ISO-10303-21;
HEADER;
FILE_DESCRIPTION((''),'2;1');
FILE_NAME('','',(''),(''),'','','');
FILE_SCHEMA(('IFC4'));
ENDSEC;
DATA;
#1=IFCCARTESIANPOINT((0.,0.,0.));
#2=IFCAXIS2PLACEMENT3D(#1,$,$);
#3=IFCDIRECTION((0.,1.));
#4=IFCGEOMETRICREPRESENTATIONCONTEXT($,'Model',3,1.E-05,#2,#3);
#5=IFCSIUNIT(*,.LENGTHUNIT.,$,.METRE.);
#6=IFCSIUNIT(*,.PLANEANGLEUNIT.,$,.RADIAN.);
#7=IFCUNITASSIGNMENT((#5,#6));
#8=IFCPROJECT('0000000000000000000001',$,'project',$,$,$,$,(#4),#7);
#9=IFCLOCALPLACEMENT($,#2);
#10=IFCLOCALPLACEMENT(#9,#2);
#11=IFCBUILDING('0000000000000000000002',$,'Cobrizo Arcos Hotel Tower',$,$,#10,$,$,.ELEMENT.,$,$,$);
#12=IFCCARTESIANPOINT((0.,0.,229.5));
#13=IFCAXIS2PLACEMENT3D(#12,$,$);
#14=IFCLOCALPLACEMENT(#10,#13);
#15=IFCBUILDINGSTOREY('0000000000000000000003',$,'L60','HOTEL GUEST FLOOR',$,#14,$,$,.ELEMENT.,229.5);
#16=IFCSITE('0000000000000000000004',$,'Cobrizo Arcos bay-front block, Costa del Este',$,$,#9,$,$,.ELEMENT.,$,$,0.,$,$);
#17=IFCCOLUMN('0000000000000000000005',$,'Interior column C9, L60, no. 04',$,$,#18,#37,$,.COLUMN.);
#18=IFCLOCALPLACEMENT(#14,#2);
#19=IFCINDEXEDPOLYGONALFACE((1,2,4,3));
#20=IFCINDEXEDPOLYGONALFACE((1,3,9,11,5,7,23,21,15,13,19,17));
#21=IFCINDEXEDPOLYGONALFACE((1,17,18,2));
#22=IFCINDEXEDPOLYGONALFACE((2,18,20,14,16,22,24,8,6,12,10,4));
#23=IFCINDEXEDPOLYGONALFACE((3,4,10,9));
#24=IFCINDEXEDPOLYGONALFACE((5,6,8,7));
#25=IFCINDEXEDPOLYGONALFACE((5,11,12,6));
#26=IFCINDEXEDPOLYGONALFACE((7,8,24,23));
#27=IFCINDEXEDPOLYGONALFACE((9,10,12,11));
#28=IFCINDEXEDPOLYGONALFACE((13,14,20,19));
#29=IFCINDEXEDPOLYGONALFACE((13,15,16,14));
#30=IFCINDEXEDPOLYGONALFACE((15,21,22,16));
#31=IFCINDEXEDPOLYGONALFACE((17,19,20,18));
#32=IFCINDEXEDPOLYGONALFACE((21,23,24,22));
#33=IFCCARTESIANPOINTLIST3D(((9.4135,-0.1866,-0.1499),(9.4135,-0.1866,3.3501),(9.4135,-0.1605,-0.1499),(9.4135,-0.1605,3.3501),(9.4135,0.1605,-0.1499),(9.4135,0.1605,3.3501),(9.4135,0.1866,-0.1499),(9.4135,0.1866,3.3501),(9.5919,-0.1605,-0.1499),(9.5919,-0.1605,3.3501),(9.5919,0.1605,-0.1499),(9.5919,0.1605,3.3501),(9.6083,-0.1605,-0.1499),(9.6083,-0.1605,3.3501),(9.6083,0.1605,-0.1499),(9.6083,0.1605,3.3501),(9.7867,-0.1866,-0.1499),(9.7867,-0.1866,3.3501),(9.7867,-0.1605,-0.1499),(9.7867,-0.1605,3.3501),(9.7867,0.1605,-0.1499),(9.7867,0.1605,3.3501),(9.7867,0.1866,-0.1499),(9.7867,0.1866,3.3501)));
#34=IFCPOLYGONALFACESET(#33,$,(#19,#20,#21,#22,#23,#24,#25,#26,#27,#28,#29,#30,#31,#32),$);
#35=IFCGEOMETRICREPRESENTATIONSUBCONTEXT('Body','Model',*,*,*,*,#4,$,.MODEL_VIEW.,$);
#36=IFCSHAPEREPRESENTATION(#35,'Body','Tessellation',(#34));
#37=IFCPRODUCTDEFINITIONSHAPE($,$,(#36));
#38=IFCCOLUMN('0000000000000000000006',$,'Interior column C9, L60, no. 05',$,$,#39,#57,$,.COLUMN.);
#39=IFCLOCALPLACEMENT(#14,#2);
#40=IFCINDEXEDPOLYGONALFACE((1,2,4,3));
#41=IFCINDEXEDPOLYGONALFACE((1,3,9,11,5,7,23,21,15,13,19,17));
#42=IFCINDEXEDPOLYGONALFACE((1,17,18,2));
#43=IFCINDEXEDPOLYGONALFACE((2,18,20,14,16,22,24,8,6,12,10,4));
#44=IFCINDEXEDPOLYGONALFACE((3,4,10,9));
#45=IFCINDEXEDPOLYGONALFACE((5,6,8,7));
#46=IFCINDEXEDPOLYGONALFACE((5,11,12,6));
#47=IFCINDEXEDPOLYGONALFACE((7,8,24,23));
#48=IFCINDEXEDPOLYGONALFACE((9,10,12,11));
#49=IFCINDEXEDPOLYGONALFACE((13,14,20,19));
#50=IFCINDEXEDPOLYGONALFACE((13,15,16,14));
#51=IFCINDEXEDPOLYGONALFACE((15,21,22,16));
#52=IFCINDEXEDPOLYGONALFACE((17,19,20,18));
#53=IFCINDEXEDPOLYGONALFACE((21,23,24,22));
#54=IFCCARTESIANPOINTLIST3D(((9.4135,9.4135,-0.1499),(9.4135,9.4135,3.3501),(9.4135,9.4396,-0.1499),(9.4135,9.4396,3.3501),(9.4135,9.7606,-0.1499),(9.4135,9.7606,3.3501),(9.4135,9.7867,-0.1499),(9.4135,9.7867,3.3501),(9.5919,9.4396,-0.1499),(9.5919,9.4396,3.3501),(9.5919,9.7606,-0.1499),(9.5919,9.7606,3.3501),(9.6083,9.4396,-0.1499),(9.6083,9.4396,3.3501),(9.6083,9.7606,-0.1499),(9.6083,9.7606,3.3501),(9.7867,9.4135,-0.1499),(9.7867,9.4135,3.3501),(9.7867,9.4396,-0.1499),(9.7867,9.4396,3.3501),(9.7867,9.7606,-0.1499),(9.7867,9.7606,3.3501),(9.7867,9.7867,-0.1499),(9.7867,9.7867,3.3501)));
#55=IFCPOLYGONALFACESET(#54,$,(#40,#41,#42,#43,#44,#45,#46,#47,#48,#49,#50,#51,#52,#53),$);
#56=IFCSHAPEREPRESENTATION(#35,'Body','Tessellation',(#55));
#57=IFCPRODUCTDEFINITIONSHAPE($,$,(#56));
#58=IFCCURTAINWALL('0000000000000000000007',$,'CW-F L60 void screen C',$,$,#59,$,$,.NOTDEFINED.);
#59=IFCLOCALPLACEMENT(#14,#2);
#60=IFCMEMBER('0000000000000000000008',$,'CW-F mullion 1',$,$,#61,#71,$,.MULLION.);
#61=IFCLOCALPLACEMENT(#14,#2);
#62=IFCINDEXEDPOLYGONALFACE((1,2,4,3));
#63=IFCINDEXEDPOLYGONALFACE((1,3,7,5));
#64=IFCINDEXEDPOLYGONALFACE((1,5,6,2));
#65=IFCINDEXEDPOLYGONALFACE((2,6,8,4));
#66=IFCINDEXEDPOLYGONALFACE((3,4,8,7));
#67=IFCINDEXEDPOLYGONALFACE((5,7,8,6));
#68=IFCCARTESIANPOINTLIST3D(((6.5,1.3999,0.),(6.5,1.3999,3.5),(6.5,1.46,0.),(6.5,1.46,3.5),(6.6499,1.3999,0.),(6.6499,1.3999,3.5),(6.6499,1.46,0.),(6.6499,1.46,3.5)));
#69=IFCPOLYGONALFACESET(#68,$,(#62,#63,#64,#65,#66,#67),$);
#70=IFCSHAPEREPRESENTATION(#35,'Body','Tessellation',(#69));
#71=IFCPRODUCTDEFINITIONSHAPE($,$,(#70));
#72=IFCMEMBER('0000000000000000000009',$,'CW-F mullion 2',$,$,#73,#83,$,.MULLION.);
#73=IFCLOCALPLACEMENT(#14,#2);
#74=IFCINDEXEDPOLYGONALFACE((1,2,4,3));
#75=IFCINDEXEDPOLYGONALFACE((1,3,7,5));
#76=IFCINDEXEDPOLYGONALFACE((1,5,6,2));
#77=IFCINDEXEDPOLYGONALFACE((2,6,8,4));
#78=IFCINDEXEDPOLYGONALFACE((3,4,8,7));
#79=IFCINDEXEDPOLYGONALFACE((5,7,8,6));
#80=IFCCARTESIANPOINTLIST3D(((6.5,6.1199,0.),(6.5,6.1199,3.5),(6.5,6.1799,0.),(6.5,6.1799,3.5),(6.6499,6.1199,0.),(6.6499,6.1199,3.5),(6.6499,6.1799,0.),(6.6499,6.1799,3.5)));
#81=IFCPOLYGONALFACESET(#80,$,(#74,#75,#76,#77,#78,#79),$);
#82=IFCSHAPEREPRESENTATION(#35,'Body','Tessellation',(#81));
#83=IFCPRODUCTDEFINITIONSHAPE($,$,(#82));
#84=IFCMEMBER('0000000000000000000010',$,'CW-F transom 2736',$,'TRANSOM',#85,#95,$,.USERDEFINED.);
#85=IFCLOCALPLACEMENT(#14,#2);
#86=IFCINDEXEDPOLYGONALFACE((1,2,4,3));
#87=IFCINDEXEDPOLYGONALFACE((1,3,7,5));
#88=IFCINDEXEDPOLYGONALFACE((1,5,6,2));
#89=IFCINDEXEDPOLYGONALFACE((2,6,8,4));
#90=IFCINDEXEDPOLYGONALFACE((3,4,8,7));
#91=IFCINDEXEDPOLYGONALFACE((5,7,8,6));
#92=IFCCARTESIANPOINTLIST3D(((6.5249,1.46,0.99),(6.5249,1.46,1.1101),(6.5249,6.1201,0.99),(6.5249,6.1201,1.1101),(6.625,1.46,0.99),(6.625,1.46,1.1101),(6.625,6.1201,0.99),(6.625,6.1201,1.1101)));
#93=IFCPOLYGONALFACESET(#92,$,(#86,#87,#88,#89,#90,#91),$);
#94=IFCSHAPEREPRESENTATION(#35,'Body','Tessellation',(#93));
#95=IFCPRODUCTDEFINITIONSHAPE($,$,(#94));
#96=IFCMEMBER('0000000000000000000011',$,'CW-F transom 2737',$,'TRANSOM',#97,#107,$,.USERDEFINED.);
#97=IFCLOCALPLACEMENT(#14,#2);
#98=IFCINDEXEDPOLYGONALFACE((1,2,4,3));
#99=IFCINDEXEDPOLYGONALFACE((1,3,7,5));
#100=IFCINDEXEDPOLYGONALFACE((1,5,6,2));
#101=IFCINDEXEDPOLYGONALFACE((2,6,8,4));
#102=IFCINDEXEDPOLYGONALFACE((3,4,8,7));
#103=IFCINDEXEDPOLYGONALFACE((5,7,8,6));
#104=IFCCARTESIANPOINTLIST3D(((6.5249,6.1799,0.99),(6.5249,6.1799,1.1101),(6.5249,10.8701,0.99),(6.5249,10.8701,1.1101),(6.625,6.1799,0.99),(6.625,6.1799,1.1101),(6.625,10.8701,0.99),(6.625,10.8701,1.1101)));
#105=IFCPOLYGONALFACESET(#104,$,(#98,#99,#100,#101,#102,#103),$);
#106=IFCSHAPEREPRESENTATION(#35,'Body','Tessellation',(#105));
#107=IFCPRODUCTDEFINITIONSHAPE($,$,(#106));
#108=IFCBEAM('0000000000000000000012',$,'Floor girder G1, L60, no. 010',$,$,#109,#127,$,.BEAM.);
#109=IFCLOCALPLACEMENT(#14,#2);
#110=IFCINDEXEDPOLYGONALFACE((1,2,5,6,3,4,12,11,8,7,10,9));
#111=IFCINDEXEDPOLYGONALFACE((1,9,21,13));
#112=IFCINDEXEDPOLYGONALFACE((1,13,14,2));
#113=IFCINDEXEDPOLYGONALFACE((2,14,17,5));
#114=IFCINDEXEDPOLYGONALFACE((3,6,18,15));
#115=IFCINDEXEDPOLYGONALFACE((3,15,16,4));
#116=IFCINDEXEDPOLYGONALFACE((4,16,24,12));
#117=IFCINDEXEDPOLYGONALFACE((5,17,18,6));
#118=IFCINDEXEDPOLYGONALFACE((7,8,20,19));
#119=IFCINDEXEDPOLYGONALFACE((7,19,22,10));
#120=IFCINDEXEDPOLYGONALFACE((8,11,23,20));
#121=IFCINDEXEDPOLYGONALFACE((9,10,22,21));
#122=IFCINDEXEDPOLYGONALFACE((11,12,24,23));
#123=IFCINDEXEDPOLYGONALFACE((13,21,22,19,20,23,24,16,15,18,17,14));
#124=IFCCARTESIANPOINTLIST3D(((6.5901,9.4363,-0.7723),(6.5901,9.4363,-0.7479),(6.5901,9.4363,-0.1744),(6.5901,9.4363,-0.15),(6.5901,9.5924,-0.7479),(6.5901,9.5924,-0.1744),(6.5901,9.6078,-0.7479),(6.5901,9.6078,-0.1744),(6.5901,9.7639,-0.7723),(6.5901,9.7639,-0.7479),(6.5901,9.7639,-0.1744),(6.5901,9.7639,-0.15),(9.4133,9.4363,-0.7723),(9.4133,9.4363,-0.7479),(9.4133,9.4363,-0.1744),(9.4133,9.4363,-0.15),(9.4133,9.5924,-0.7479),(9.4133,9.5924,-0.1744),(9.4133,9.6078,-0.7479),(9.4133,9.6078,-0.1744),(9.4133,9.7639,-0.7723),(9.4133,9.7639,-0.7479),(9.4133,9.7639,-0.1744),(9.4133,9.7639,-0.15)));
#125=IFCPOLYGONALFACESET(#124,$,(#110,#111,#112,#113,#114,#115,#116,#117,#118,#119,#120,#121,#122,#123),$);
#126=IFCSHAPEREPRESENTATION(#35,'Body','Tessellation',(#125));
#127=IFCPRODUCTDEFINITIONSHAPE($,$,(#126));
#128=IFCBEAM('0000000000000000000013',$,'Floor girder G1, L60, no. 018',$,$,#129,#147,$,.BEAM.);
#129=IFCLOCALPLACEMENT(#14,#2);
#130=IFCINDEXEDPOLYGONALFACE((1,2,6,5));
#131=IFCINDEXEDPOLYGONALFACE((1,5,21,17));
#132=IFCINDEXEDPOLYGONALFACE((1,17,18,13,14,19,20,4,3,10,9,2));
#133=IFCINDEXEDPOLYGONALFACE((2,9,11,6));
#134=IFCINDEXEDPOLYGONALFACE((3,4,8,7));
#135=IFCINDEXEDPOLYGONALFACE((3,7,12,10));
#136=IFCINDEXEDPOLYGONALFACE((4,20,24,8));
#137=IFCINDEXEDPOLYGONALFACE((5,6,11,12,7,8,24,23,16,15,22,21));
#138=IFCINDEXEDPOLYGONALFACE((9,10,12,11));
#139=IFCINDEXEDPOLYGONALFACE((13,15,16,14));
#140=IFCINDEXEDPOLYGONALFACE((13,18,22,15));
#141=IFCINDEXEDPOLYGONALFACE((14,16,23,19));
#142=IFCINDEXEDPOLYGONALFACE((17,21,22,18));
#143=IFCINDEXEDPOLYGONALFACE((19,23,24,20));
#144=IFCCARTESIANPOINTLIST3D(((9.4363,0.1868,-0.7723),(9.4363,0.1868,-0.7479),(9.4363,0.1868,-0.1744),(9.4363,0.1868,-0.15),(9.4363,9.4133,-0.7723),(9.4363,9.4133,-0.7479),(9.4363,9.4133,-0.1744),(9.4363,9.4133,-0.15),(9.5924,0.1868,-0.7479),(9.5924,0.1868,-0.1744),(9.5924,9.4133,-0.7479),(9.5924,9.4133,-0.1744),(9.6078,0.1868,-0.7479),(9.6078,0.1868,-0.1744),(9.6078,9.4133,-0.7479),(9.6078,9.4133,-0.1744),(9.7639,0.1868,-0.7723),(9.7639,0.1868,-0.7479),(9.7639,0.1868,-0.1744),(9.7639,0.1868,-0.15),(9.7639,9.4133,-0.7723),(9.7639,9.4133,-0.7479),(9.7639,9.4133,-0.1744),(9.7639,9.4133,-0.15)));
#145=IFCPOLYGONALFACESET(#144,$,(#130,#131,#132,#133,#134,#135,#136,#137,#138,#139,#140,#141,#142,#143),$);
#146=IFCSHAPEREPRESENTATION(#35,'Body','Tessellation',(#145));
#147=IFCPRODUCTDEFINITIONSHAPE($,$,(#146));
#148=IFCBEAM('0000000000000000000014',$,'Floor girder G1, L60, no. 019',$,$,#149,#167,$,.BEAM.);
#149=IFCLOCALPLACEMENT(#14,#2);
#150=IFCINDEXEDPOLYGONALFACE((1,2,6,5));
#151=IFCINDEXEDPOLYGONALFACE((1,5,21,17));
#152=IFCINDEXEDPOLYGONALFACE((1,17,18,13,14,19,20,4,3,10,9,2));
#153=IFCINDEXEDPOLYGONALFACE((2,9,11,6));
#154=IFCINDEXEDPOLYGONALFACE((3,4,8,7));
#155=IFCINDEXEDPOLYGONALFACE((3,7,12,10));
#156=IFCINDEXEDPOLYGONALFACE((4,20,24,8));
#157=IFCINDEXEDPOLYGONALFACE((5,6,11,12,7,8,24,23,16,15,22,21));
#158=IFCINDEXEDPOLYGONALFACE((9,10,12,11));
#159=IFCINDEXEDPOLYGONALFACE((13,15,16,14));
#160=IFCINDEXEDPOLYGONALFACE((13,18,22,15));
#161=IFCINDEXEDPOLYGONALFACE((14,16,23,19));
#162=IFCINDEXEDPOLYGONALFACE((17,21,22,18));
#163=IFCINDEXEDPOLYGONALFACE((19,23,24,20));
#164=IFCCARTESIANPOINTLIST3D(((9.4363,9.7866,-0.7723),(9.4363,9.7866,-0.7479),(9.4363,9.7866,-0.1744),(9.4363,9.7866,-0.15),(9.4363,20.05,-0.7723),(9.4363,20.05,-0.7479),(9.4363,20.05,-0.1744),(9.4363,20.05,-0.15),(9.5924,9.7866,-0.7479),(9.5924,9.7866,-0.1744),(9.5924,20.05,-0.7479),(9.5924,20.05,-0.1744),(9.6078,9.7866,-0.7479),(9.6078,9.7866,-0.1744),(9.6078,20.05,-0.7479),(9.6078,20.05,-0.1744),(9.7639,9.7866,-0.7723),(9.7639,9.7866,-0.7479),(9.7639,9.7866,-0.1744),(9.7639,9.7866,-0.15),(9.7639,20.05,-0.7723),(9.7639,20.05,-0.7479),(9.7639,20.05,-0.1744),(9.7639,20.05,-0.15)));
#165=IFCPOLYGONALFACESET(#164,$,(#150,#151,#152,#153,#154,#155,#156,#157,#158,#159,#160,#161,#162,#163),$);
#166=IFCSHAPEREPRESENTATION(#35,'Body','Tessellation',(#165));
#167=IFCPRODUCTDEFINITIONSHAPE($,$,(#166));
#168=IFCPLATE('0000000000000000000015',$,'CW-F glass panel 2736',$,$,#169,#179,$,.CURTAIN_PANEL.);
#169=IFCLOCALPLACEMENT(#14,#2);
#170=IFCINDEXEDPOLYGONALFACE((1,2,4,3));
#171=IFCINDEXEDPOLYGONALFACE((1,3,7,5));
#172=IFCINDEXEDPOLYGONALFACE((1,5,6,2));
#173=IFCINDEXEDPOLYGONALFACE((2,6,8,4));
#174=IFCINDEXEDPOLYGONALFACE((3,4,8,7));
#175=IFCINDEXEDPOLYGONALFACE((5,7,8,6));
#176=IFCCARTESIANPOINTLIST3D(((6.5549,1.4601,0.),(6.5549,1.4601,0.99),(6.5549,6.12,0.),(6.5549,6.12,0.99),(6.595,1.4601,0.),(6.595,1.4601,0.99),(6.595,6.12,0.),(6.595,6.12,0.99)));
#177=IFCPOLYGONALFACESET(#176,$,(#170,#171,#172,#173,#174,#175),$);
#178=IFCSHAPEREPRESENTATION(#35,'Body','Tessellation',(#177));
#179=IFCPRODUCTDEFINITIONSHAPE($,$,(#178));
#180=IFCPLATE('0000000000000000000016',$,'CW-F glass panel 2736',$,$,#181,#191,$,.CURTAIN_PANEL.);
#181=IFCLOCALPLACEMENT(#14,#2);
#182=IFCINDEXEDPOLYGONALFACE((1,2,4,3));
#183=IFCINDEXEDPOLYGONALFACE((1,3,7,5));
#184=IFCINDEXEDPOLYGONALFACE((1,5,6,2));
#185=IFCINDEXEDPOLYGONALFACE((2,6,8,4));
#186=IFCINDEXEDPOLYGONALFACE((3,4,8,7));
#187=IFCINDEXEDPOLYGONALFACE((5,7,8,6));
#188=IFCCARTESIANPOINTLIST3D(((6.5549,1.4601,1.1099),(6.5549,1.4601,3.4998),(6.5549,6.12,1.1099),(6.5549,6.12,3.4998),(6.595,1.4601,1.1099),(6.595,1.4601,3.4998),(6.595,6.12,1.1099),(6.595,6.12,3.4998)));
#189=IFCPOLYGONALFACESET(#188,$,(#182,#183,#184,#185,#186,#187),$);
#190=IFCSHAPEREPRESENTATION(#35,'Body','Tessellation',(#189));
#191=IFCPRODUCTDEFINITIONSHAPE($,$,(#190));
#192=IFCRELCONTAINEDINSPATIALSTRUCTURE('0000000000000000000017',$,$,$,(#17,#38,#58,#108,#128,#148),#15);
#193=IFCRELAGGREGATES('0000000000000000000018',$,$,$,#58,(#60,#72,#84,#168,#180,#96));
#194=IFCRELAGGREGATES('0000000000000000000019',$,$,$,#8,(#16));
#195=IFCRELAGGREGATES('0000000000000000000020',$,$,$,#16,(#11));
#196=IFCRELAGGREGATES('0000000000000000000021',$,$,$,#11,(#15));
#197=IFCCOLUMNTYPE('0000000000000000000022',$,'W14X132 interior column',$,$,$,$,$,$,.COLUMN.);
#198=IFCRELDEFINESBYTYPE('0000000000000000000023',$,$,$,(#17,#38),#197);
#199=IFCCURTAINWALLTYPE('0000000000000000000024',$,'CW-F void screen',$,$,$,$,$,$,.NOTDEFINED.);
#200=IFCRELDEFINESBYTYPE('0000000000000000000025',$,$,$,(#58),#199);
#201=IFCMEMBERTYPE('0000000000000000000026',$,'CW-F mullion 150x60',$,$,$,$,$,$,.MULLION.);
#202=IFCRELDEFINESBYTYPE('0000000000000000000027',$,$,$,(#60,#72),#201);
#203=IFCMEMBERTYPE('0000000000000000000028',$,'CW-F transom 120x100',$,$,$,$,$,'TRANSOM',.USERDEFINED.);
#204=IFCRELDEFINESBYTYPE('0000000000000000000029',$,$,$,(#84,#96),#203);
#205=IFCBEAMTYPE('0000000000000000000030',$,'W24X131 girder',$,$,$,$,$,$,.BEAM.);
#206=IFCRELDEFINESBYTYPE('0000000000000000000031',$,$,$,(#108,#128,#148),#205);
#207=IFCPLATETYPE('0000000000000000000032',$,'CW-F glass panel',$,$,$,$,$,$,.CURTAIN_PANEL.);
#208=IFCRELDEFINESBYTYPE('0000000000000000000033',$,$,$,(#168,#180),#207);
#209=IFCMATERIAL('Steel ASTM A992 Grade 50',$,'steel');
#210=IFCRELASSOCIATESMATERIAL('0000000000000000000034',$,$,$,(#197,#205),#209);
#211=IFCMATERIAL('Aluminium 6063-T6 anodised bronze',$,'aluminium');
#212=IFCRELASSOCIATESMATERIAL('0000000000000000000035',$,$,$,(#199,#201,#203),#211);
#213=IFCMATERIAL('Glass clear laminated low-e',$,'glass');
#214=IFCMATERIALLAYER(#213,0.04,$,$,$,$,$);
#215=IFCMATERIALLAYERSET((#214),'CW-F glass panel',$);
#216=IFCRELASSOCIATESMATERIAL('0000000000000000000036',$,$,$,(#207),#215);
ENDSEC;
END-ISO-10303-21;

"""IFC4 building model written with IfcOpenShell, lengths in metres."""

from ifc_helpers import new_model, si_unit, direction, frame, origin, origin_2d, place, context, subcontext, project, spatial, rectangle, i_section, extrude, material, layer, layer_set, material_profile, profile_set, type_object, element, aggregate, save


model = new_model("IFC4")

# Units and contexts
model_context = context("Model", 3, precision=1e-05, world=origin(), true_north=direction((0.0, 1.0)))
body_context = subcontext(model_context, "Body", "Model", "MODEL_VIEW")
ifc_project = project(units=[si_unit("LENGTHUNIT", "METRE"), si_unit("PLANEANGLEUNIT", "RADIAN")], contexts=[model_context])

# Site, building, storey
site_placement = place(None, origin())
site = spatial("IfcSite", under=ifc_project, at=site_placement, Name="Cobrizo Arcos bay-front block, Costa del Este", CompositionType="ELEMENT", RefElevation=0.0)
building_placement = place(site_placement, origin())
building = spatial("IfcBuilding", under=site, at=building_placement, Name="Cobrizo Arcos Hotel Tower", CompositionType="ELEMENT")
storey_placement = place(building_placement, frame((0.0, 0.0, 229.5)))
storey = spatial("IfcBuildingStorey", under=building, at=storey_placement, Name="L60", Description="HOTEL GUEST FLOOR", CompositionType="ELEMENT", Elevation=229.5)

# Columns
ifc_material_1 = material(Name="Steel ASTM A992 Grade 50", Category="steel")
ifc_material_profile_1 = material_profile(ifc_material_1, i_section(OverallWidth=0.3733, OverallDepth=0.3733, WebThickness=0.0164, FlangeThickness=0.0261, at=origin_2d()), Name="W14X132")
ifc_profile_set_1 = profile_set([ifc_material_profile_1], Name="Steel ASTM A992 Grade 50")
column_type = type_object("IfcColumnType", Name="W14X132 interior column", PredefinedType="COLUMN", material=ifc_profile_set_1)
for number, where, z_axis, x_axis, name in (
    (1, (9.6001, 0.0, -0.1499), (0.0, 0.0, 1.0), (1.0, 0.0, 0.0), "Interior column C9, L60, no. 04"),
    (2, (9.6001, 9.6001, -0.1499), (0.0, 0.0, 1.0), (1.0, 0.0, 0.0), "Interior column C9, L60, no. 05"),
):
    element("IfcColumn", number, at=place(storey_placement, frame(where, z_axis=z_axis, x_axis=x_axis)), inside=storey, type_object=column_type, Name=name, PredefinedType="COLUMN", context=body_context, shape_type="SweptSolid", body=[
        extrude(i_section(OverallWidth=0.3733, OverallDepth=0.3733, WebThickness=0.0164, FlangeThickness=0.0261, at=origin_2d()), origin(), (0.0, 0.0, 1.0), 3.5),
    ])

# Curtain wall, members
ifc_material_2 = material(Name="Aluminium 6063-T6 anodised bronze", Category="aluminium")
curtain_wall_type = type_object("IfcCurtainWallType", Name="CW-F void screen", PredefinedType="NOTDEFINED", material=ifc_material_2)
curtain_wall_placement = place(storey_placement, origin())
curtain_wall = element("IfcCurtainWall", 3, at=curtain_wall_placement, inside=storey, type_object=curtain_wall_type, Name="CW-F L60 void screen C", PredefinedType="NOTDEFINED")
ifc_material_profile_2 = material_profile(ifc_material_2, rectangle(XDim=0.1499, YDim=0.0601, at=origin_2d()), Name="CW-F mullion 150x60")
ifc_profile_set_2 = profile_set([ifc_material_profile_2], Name="Aluminium 6063-T6 anodised bronze")
member_type_1 = type_object("IfcMemberType", Name="CW-F mullion 150x60", PredefinedType="MULLION", material=ifc_profile_set_2)
member_1_placement = place(storey_placement, frame((6.575, 1.4299, 0.0), z_axis=(0.0, 0.0, 1.0), x_axis=(1.0, 0.0, 0.0)))
member_1 = element("IfcMember", 4, at=member_1_placement, type_object=member_type_1, Name="CW-F mullion 1", PredefinedType="MULLION", context=body_context, shape_type="SweptSolid", body=[
    extrude(rectangle(XDim=0.1499, YDim=0.0601, at=origin_2d()), origin(), (0.0, 0.0, 1.0), 3.5),
])
member_2_placement = place(storey_placement, frame((6.575, 6.1499, 0.0), z_axis=(0.0, 0.0, 1.0), x_axis=(1.0, 0.0, 0.0)))
member_2 = element("IfcMember", 5, at=member_2_placement, type_object=member_type_1, Name="CW-F mullion 2", PredefinedType="MULLION", context=body_context, shape_type="SweptSolid", body=[
    extrude(rectangle(XDim=0.1499, YDim=0.0601, at=origin_2d()), origin(), (0.0, 0.0, 1.0), 3.5),
])
ifc_material_profile_3 = material_profile(ifc_material_2, rectangle(XDim=0.1001, YDim=0.1201, at=origin_2d()), Name="CW-F transom 120x100")
ifc_profile_set_3 = profile_set([ifc_material_profile_3], Name="Aluminium 6063-T6 anodised bronze")
member_type_2 = type_object("IfcMemberType", Name="CW-F transom 120x100", ElementType="TRANSOM", PredefinedType="USERDEFINED", material=ifc_profile_set_3)
member_3_placement = place(storey_placement, frame((6.575, 1.46, 1.05), z_axis=(0.0, 1.0, 0.0), x_axis=(-1.0, 0.0, 0.0)))
member_3 = element("IfcMember", 6, at=member_3_placement, type_object=member_type_2, Name="CW-F transom 2736", ObjectType="TRANSOM", PredefinedType="USERDEFINED", context=body_context, shape_type="SweptSolid", body=[
    extrude(rectangle(XDim=0.1001, YDim=0.1201, at=origin_2d()), origin(), (0.0, 0.0, 1.0), 4.6602),
])
member_4_placement = place(storey_placement, frame((6.575, 6.1799, 1.05), z_axis=(0.0, 1.0, 0.0), x_axis=(-1.0, 0.0, 0.0)))
member_4 = element("IfcMember", 7, at=member_4_placement, type_object=member_type_2, Name="CW-F transom 2737", ObjectType="TRANSOM", PredefinedType="USERDEFINED", context=body_context, shape_type="SweptSolid", body=[
    extrude(rectangle(XDim=0.1001, YDim=0.1201, at=origin_2d()), origin(), (0.0, 0.0, 1.0), 4.6902),
])

# Beams
ifc_material_profile_4 = material_profile(ifc_material_1, i_section(OverallWidth=0.3276, OverallDepth=0.6223, WebThickness=0.0154, FlangeThickness=0.0244, at=origin_2d()), Name="W24X131")
ifc_profile_set_4 = profile_set([ifc_material_profile_4], Name="Steel ASTM A992 Grade 50")
beam_type = type_object("IfcBeamType", Name="W24X131 girder", PredefinedType="BEAM", material=ifc_profile_set_4)
beam_1_placement = place(storey_placement, frame((6.5901, 9.6001, -0.4612), z_axis=(1.0, 0.0, 0.0), x_axis=(0.0, 1.0, 0.0)))
element("IfcBeam", 8, at=beam_1_placement, inside=storey, type_object=beam_type, Name="Floor girder G1, L60, no. 010", PredefinedType="BEAM", context=body_context, shape_type="SweptSolid", body=[
    extrude(i_section(OverallWidth=0.3276, OverallDepth=0.6223, WebThickness=0.0154, FlangeThickness=0.0244, at=origin_2d()), origin(), (0.0, 0.0, 1.0), 2.8232),
])
beam_2_placement = place(storey_placement, frame((9.6001, 0.1868, -0.4612), z_axis=(0.0, 1.0, 0.0), x_axis=(-1.0, 0.0, 0.0)))
element("IfcBeam", 9, at=beam_2_placement, inside=storey, type_object=beam_type, Name="Floor girder G1, L60, no. 018", PredefinedType="BEAM", context=body_context, shape_type="SweptSolid", body=[
    extrude(i_section(OverallWidth=0.3276, OverallDepth=0.6223, WebThickness=0.0154, FlangeThickness=0.0244, at=origin_2d()), origin(), (0.0, 0.0, 1.0), 9.2266),
])
beam_3_placement = place(storey_placement, frame((9.6001, 9.7866, -0.4612), z_axis=(0.0, 1.0, 0.0), x_axis=(-1.0, 0.0, 0.0)))
element("IfcBeam", 10, at=beam_3_placement, inside=storey, type_object=beam_type, Name="Floor girder G1, L60, no. 019", PredefinedType="BEAM", context=body_context, shape_type="SweptSolid", body=[
    extrude(i_section(OverallWidth=0.3276, OverallDepth=0.6223, WebThickness=0.0154, FlangeThickness=0.0244, at=origin_2d()), origin(), (0.0, 0.0, 1.0), 10.2634),
])

# Plates
ifc_material_3 = material(Name="Glass clear laminated low-e", Category="glass")
ifc_layer_1 = layer(ifc_material_3, 0.04)
ifc_layer_set_1 = layer_set([ifc_layer_1], Name="CW-F glass panel")
plate_type = type_object("IfcPlateType", Name="CW-F glass panel", PredefinedType="CURTAIN_PANEL", material=ifc_layer_set_1)
plate_1_placement = place(storey_placement, frame((6.575, 3.79, 0.0), z_axis=(0.0, 0.0, 1.0), x_axis=(0.0, 1.0, 0.0)))
plate_1 = element("IfcPlate", 11, at=plate_1_placement, type_object=plate_type, Name="CW-F glass panel 2736", PredefinedType="CURTAIN_PANEL", context=body_context, shape_type="SweptSolid", body=[
    extrude(rectangle(XDim=4.6599, YDim=0.04, at=origin_2d()), origin(), (0.0, 0.0, 1.0), 0.99),
])
plate_2_placement = place(storey_placement, frame((6.575, 3.79, 1.1099), z_axis=(0.0, 0.0, 1.0), x_axis=(0.0, 1.0, 0.0)))
plate_2 = element("IfcPlate", 12, at=plate_2_placement, type_object=plate_type, Name="CW-F glass panel 2736", PredefinedType="CURTAIN_PANEL", context=body_context, shape_type="SweptSolid", body=[
    extrude(rectangle(XDim=4.6599, YDim=0.04, at=origin_2d()), origin(), (0.0, 0.0, 1.0), 2.3899),
])
aggregate(curtain_wall, [member_1, member_2, member_3, plate_1, plate_2, member_4])

save(model, "model.ifc")
